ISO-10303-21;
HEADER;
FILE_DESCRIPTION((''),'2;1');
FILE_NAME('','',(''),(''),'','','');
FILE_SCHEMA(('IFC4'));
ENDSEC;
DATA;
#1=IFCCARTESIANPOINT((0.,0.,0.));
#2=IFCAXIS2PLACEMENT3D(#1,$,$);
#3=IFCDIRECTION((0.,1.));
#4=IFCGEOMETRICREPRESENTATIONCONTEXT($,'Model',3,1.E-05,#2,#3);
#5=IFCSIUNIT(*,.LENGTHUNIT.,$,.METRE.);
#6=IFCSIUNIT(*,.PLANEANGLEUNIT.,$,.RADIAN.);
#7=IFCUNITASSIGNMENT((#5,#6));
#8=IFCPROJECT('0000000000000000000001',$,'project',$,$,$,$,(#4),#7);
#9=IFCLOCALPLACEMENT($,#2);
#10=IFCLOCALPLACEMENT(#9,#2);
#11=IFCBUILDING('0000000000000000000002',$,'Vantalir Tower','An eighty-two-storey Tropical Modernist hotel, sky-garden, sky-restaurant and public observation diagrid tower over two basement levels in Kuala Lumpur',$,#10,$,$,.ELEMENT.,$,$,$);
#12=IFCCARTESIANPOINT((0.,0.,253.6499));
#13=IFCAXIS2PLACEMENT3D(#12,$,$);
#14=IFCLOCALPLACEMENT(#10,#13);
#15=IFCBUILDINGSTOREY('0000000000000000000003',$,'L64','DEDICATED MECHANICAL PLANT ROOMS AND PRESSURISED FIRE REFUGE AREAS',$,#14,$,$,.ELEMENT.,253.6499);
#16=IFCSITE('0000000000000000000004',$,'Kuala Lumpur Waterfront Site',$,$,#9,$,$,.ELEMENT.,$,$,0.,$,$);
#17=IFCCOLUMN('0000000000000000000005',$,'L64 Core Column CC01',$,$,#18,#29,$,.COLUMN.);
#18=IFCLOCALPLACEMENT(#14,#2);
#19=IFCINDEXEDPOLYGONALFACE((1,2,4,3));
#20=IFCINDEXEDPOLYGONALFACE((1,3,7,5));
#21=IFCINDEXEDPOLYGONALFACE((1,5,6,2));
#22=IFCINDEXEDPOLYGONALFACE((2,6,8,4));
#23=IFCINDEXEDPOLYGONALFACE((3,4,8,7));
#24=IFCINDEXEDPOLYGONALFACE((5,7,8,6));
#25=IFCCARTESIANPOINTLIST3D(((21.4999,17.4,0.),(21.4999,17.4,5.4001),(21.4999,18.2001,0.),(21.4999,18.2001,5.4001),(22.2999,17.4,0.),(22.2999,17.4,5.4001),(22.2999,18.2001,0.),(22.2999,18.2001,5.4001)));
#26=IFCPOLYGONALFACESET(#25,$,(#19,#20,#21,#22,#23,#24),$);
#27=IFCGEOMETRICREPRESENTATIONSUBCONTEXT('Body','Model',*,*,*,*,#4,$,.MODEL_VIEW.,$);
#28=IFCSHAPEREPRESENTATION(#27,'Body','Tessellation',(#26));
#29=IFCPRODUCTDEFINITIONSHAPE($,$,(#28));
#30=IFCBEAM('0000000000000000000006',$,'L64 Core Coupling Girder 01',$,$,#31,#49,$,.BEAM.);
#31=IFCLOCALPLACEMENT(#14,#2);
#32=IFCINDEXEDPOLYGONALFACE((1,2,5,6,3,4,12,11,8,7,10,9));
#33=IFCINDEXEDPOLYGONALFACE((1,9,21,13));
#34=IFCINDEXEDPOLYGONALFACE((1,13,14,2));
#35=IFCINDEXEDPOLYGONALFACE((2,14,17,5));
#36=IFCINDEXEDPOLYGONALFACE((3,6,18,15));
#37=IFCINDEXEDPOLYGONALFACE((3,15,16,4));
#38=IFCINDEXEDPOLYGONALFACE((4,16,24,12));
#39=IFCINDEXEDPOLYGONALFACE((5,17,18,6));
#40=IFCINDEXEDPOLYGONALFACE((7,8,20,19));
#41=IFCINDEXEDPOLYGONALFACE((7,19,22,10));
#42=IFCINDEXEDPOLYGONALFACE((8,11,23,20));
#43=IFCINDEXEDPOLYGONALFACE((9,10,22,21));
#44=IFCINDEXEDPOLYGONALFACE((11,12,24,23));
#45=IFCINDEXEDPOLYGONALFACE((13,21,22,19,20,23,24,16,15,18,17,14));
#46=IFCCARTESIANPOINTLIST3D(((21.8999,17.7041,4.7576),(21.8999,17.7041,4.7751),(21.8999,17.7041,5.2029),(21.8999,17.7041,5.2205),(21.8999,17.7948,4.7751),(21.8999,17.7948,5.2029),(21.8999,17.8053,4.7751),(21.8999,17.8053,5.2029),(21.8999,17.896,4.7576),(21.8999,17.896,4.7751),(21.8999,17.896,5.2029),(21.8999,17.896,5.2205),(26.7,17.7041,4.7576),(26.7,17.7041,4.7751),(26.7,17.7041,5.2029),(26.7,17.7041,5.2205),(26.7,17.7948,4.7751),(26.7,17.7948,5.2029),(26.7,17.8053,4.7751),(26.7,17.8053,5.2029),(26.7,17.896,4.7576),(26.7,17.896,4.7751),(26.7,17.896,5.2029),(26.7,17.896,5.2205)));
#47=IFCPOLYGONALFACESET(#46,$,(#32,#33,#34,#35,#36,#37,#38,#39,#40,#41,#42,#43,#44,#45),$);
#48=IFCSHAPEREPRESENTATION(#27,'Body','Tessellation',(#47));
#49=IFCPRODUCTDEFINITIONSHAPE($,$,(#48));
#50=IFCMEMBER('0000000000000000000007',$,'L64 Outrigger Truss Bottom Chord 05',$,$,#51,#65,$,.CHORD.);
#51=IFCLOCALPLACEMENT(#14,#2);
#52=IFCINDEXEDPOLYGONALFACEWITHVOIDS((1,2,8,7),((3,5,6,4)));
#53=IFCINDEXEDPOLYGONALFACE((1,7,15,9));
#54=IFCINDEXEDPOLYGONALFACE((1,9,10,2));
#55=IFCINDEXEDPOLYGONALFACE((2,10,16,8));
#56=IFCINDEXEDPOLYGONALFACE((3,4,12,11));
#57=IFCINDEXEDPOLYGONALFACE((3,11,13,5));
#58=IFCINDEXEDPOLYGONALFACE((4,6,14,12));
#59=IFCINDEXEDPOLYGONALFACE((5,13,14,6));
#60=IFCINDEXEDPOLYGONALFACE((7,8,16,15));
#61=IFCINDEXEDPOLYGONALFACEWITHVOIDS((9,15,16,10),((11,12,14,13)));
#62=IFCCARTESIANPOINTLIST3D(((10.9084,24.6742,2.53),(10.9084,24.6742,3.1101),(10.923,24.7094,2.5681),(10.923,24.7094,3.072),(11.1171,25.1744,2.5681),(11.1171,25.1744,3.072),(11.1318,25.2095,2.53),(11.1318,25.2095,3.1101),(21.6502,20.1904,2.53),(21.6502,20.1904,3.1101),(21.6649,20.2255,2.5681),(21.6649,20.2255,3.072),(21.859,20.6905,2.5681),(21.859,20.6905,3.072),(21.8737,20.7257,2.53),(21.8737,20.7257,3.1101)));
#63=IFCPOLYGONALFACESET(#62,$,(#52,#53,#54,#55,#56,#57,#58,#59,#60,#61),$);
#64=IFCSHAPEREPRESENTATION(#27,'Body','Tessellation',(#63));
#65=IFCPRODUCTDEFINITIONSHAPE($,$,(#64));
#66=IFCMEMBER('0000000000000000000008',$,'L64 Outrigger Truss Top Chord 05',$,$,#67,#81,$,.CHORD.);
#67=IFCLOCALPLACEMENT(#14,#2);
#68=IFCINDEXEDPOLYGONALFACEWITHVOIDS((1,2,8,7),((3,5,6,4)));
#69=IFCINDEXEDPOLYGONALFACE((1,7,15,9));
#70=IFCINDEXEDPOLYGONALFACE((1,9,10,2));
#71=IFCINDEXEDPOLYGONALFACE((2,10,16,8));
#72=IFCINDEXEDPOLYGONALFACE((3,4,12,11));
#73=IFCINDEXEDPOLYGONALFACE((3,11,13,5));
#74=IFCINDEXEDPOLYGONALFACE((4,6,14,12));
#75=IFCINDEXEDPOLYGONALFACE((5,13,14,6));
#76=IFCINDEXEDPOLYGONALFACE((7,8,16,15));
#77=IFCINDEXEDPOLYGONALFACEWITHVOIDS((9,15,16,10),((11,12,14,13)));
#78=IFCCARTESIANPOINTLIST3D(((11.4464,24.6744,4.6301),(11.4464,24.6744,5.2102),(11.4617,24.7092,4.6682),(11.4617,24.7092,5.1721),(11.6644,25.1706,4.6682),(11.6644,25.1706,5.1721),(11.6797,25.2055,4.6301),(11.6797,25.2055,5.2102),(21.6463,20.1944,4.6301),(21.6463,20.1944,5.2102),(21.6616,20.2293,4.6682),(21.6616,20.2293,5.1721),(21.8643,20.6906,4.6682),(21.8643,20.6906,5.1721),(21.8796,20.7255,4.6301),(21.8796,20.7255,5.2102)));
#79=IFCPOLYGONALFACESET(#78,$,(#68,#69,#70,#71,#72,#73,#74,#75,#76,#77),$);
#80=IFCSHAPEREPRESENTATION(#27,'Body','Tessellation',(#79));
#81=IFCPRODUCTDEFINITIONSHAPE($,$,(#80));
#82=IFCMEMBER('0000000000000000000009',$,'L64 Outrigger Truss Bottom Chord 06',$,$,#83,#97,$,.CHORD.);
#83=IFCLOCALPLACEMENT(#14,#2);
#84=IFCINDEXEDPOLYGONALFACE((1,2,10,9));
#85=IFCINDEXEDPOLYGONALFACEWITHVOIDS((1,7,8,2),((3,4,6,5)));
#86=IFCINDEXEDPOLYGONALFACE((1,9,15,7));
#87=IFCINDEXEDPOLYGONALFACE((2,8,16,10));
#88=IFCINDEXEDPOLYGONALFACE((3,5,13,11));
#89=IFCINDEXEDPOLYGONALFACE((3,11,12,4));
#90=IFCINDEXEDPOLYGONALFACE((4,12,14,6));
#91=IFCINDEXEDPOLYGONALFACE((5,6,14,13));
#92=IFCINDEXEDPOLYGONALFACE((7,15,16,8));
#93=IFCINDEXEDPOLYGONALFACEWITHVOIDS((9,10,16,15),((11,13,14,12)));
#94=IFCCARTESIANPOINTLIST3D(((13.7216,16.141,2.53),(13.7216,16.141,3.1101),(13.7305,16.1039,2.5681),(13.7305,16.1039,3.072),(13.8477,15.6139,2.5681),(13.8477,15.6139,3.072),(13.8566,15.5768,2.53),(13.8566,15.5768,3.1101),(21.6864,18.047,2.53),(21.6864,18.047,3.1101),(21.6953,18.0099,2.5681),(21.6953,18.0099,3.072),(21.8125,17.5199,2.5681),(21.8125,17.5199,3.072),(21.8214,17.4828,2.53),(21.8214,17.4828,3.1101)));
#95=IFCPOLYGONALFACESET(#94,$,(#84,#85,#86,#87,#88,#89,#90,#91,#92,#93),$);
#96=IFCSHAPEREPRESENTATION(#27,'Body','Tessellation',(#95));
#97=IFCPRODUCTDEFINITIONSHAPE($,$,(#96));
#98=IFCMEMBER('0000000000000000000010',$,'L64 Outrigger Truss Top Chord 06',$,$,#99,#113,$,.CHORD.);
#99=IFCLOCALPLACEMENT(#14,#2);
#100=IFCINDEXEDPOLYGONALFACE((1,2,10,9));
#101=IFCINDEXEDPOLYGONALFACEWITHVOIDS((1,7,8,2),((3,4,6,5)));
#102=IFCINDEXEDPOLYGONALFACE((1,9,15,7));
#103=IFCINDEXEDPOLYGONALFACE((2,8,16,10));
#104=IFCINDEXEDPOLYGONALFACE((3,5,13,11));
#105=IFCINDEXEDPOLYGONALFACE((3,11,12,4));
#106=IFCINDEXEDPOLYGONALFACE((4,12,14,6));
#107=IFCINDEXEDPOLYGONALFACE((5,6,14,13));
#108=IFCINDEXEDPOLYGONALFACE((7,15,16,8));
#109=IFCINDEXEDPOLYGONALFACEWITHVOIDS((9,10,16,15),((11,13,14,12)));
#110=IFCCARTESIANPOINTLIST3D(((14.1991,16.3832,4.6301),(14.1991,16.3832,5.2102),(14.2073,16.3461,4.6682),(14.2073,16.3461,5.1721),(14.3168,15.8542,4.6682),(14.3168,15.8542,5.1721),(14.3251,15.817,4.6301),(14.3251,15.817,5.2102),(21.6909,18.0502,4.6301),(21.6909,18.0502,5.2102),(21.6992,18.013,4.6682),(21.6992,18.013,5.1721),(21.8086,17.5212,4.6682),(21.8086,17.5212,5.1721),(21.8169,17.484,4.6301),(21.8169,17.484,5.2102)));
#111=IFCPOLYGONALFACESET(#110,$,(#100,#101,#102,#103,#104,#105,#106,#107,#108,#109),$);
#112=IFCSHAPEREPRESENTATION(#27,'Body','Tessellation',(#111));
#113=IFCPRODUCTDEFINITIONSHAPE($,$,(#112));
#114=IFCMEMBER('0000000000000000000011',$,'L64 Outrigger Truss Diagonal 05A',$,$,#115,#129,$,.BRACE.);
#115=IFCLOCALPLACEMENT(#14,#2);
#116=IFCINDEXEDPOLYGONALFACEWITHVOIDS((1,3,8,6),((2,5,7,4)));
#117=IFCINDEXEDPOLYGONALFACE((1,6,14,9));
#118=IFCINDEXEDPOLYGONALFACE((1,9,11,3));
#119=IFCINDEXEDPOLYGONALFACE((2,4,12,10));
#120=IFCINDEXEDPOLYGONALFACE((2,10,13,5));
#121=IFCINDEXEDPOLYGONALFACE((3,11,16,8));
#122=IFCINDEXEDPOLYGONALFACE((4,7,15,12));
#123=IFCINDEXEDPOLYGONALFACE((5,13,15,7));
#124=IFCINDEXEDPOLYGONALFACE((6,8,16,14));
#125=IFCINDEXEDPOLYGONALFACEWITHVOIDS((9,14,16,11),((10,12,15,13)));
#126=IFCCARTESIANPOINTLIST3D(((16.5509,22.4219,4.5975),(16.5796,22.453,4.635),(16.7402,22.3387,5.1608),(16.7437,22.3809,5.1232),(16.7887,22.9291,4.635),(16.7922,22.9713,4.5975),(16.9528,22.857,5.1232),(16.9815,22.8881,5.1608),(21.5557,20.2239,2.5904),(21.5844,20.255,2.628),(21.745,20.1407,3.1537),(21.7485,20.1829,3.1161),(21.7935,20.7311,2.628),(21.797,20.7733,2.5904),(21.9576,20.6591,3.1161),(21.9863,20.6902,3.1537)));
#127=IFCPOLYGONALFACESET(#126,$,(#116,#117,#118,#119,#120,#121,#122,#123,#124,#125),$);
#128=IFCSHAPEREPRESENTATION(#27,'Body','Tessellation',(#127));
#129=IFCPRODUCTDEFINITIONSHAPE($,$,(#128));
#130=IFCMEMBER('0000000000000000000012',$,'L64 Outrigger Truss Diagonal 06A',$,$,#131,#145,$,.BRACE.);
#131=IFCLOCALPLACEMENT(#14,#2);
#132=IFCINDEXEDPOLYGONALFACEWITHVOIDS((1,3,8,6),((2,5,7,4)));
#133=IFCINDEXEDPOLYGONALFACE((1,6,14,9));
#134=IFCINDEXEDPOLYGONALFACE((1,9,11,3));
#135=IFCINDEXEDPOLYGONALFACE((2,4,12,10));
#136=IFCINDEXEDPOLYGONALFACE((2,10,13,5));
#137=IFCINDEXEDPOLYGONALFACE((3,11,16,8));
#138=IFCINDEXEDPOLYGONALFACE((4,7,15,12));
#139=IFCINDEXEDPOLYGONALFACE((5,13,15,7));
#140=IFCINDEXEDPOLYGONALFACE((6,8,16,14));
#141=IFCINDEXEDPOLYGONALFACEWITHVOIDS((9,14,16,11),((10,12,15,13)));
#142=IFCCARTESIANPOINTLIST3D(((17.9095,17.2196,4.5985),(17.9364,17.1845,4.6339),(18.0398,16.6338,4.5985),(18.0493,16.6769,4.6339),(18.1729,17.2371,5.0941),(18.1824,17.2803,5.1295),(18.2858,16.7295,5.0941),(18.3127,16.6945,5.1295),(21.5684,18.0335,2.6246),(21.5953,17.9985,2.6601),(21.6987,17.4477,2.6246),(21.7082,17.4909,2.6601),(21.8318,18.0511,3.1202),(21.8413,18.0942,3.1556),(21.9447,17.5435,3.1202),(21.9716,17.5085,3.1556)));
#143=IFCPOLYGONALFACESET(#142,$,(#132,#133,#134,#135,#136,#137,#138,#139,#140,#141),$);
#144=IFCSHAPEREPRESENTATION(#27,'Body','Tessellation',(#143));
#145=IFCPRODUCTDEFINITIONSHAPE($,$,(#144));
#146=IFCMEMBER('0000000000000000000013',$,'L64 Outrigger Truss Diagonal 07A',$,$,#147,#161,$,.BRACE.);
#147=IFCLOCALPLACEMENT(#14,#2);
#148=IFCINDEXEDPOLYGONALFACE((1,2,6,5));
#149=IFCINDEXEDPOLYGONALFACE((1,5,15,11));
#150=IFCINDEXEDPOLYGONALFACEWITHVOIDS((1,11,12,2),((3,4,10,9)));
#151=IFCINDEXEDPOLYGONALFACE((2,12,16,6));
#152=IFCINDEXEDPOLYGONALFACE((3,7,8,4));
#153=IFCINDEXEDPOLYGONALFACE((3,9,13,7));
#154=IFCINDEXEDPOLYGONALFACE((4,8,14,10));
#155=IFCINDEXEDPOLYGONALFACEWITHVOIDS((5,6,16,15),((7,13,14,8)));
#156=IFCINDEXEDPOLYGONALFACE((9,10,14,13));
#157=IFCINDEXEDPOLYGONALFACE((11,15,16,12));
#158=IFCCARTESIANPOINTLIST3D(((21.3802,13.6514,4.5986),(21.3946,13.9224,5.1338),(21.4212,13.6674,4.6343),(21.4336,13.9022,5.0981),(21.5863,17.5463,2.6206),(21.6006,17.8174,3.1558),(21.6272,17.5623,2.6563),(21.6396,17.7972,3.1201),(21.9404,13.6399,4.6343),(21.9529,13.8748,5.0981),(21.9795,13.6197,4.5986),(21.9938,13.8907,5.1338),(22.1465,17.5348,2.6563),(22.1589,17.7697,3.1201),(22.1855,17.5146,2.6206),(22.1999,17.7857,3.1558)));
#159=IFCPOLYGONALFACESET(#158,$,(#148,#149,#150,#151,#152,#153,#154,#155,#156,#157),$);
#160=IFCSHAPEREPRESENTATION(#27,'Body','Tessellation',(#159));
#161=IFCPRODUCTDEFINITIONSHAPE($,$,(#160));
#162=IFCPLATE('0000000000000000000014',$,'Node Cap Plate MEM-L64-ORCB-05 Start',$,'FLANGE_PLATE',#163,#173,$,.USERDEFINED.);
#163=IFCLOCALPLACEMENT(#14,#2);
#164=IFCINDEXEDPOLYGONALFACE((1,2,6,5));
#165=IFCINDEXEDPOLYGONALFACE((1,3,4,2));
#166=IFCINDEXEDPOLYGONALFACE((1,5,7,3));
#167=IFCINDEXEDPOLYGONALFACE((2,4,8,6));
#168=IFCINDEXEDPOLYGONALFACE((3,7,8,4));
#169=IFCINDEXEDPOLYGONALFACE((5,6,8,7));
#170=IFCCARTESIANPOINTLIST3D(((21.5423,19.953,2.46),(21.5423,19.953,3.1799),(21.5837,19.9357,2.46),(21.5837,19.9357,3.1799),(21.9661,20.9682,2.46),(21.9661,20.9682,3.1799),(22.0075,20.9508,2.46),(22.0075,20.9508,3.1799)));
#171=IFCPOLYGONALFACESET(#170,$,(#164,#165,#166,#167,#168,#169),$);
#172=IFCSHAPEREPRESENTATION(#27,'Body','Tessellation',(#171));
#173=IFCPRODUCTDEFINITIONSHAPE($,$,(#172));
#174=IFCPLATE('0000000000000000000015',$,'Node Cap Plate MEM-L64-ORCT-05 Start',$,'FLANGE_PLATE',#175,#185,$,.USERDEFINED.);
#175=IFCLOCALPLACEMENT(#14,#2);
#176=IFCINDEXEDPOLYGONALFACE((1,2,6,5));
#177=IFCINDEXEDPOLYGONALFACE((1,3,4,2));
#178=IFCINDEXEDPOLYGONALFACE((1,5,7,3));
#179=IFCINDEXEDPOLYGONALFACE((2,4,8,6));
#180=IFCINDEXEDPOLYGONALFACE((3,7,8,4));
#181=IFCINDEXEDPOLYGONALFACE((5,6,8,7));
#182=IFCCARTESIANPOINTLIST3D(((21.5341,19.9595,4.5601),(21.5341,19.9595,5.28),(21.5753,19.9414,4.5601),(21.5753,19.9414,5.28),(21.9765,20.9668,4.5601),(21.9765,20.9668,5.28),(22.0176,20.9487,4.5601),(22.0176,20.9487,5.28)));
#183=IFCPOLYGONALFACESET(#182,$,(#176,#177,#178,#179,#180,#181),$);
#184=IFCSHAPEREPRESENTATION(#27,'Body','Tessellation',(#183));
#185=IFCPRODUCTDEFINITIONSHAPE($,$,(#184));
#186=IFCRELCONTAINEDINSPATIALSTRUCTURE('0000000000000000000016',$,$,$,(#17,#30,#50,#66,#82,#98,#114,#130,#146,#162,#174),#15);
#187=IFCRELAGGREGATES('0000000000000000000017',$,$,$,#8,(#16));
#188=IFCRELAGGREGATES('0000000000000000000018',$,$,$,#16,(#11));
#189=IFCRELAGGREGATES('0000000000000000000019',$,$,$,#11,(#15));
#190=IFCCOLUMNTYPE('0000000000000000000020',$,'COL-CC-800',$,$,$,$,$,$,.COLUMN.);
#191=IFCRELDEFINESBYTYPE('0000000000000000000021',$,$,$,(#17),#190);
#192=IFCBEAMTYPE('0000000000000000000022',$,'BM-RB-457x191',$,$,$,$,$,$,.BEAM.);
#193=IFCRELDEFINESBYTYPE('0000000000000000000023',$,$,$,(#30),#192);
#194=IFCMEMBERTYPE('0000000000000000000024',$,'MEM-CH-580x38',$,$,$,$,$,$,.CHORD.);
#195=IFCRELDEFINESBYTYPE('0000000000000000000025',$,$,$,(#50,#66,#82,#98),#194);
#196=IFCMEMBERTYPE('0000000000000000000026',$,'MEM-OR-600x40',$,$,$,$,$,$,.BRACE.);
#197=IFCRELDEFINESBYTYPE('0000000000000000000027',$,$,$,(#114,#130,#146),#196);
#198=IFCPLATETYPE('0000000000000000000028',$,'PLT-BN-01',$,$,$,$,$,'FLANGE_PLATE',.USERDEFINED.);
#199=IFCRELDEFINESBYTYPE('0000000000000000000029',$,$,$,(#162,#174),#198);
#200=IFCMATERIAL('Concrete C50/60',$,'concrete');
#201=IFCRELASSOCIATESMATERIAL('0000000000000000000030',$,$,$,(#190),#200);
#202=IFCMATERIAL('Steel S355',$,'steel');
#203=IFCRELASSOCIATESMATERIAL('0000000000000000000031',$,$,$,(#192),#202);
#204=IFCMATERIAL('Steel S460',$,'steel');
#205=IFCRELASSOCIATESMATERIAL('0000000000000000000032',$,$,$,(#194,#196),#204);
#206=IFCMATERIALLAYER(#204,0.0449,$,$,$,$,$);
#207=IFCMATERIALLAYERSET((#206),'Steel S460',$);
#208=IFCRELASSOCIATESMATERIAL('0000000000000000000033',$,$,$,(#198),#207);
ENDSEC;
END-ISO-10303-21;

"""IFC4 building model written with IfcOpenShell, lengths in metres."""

from ifc_helpers import new_model, si_unit, direction, frame, origin, origin_2d, place, context, subcontext, project, spatial, rectangle, hollow_rectangle, i_section, extrude, material, layer, layer_set, material_profile, profile_set, type_object, element, save


model = new_model("IFC4")

# Units and contexts
model_context = context("Model", 3, precision=1e-05, world=origin(), true_north=direction((0.0, 1.0)))
body_context = subcontext(model_context, "Body", "Model", "MODEL_VIEW")
ifc_project = project(units=[si_unit("LENGTHUNIT", "METRE"), si_unit("PLANEANGLEUNIT", "RADIAN")], contexts=[model_context])

# Site, building, storey
site_placement = place(None, origin())
site = spatial("IfcSite", under=ifc_project, at=site_placement, Name="Kuala Lumpur Waterfront Site", CompositionType="ELEMENT", RefElevation=0.0)
building_placement = place(site_placement, origin())
building = spatial("IfcBuilding", under=site, at=building_placement, Name="Vantalir Tower", Description="An eighty-two-storey Tropical Modernist hotel, sky-garden, sky-restaurant and public observation diagrid tower over two basement levels in Kuala Lumpur", CompositionType="ELEMENT")
storey_placement = place(building_placement, frame((0.0, 0.0, 253.6499)))
storey = spatial("IfcBuildingStorey", under=building, at=storey_placement, Name="L64", Description="DEDICATED MECHANICAL PLANT ROOMS AND PRESSURISED FIRE REFUGE AREAS", CompositionType="ELEMENT", Elevation=253.6499)

# Column
ifc_material_1 = material(Name="Concrete C50/60", Category="concrete")
ifc_material_profile_1 = material_profile(ifc_material_1, rectangle(XDim=0.8, YDim=0.8, at=origin_2d()), Name="Concrete C50/60")
ifc_profile_set_1 = profile_set([ifc_material_profile_1], Name="Concrete C50/60")
column_type = type_object("IfcColumnType", Name="COL-CC-800", PredefinedType="COLUMN", material=ifc_profile_set_1)
column_placement = place(storey_placement, frame((21.8999, 17.8, 0.0), z_axis=(0.0, 0.0, 1.0), x_axis=(1.0, 0.0, 0.0)))
element("IfcColumn", 1, at=column_placement, inside=storey, type_object=column_type, Name="L64 Core Column CC01", PredefinedType="COLUMN", context=body_context, shape_type="SweptSolid", body=[
    extrude(rectangle(XDim=0.8, YDim=0.8, at=origin_2d()), origin(), (0.0, 0.0, 1.0), 5.4001),
])

# Beam
ifc_material_2 = material(Name="Steel S355", Category="steel")
ifc_material_profile_2 = material_profile(ifc_material_2, i_section(OverallWidth=0.1919, OverallDepth=0.4629, WebThickness=0.0105, FlangeThickness=0.0176, at=origin_2d()), Name="Steel S355")
ifc_profile_set_2 = profile_set([ifc_material_profile_2], Name="Steel S355")
beam_type = type_object("IfcBeamType", Name="BM-RB-457x191", PredefinedType="BEAM", material=ifc_profile_set_2)
beam_placement = place(storey_placement, frame((21.8999, 17.8, 4.989), z_axis=(1.0, 0.0, 0.0), x_axis=(0.0, 1.0, 0.0)))
element("IfcBeam", 2, at=beam_placement, inside=storey, type_object=beam_type, Name="L64 Core Coupling Girder 01", PredefinedType="BEAM", context=body_context, shape_type="SweptSolid", body=[
    extrude(i_section(OverallWidth=0.1919, OverallDepth=0.4629, WebThickness=0.0105, FlangeThickness=0.0176, at=origin_2d()), origin(), (0.0, 0.0, 1.0), 4.8),
])

# Members
ifc_material_3 = material(Name="Steel S460", Category="steel")
ifc_material_profile_3 = material_profile(ifc_material_3, hollow_rectangle(XDim=0.5801, YDim=0.5801, WallThickness=0.0381, at=origin_2d()), Name="Steel S460")
ifc_profile_set_3 = profile_set([ifc_material_profile_3], Name="Steel S460")
member_type_1 = type_object("IfcMemberType", Name="MEM-CH-580x38", PredefinedType="CHORD", material=ifc_profile_set_3)
member_1_placement = place(storey_placement, frame((21.762, 20.458, 2.8201), z_axis=(-0.92283, 0.385207, 0.0), x_axis=(-0.385207, -0.92283, 0.0)))
element("IfcMember", 3, at=member_1_placement, inside=storey, type_object=member_type_1, Name="L64 Outrigger Truss Bottom Chord 05", PredefinedType="CHORD", context=body_context, shape_type="SweptSolid", body=[
    extrude(hollow_rectangle(XDim=0.5801, YDim=0.5801, WallThickness=0.0381, at=origin_2d()), origin(), (0.0, 0.0, 1.0), 11.6401),
])
member_2_placement = place(storey_placement, frame((21.7629, 20.46, 4.9202), z_axis=(-0.915579, 0.402137, 0.0), x_axis=(-0.402137, -0.915579, 0.0)))
element("IfcMember", 4, at=member_2_placement, inside=storey, type_object=member_type_1, Name="L64 Outrigger Truss Top Chord 05", PredefinedType="CHORD", context=body_context, shape_type="SweptSolid", body=[
    extrude(hollow_rectangle(XDim=0.5801, YDim=0.5801, WallThickness=0.0381, at=origin_2d()), origin(), (0.0, 0.0, 1.0), 11.1404),
])
member_3_placement = place(storey_placement, frame((21.7539, 17.7649, 2.8201), z_axis=(-0.972541, -0.232731, 0.0), x_axis=(0.232731, -0.972541, 0.0)))
element("IfcMember", 5, at=member_3_placement, inside=storey, type_object=member_type_1, Name="L64 Outrigger Truss Bottom Chord 06", PredefinedType="CHORD", context=body_context, shape_type="SweptSolid", body=[
    extrude(hollow_rectangle(XDim=0.5801, YDim=0.5801, WallThickness=0.0381, at=origin_2d()), origin(), (0.0, 0.0, 1.0), 8.1897),
])
member_4_placement = place(storey_placement, frame((21.7539, 17.7671, 4.9202), z_axis=(-0.976129, -0.217193, 0.0), x_axis=(0.217193, -0.976129, 0.0)))
element("IfcMember", 6, at=member_4_placement, inside=storey, type_object=member_type_1, Name="L64 Outrigger Truss Top Chord 06", PredefinedType="CHORD", context=body_context, shape_type="SweptSolid", body=[
    extrude(hollow_rectangle(XDim=0.5801, YDim=0.5801, WallThickness=0.0381, at=origin_2d()), origin(), (0.0, 0.0, 1.0), 7.675),
])
ifc_material_profile_4 = material_profile(ifc_material_3, hollow_rectangle(XDim=0.6001, YDim=0.6001, WallThickness=0.04, at=origin_2d()), Name="Steel S460")
ifc_profile_set_4 = profile_set([ifc_material_profile_4], Name="Steel S460")
member_type_2 = type_object("IfcMemberType", Name="MEM-OR-600x40", PredefinedType="BRACE", material=ifc_profile_set_4)
member_5_placement = place(storey_placement, frame((21.771, 20.457, 2.8721), z_axis=(-0.859489, 0.377462, 0.344676), x_axis=(-0.402102, -0.915595, 0.0)))
element("IfcMember", 7, at=member_5_placement, inside=storey, type_object=member_type_2, Name="L64 Outrigger Truss Diagonal 05A", PredefinedType="BRACE", context=body_context, shape_type="SweptSolid", body=[
    extrude(hollow_rectangle(XDim=0.6001, YDim=0.6001, WallThickness=0.04, at=origin_2d()), origin(), (0.0, 0.0, 1.0), 5.823),
])
member_6_placement = place(storey_placement, frame((21.77, 17.771, 2.8901), z_axis=(-0.863703, -0.192139, 0.46594), x_axis=(0.217151, -0.976138, 0.0)))
element("IfcMember", 8, at=member_6_placement, inside=storey, type_object=member_type_2, Name="L64 Outrigger Truss Diagonal 06A", PredefinedType="BRACE", context=body_context, shape_type="SweptSolid", body=[
    extrude(hollow_rectangle(XDim=0.6001, YDim=0.6001, WallThickness=0.04, at=origin_2d()), origin(), (0.0, 0.0, 1.0), 4.2363),
])
member_7_placement = place(storey_placement, frame((21.8931, 17.666, 2.8882), z_axis=(-0.047116, -0.890625, 0.452291), x_axis=(0.998604, -0.052828, 0.0)))
element("IfcMember", 9, at=member_7_placement, inside=storey, type_object=member_type_2, Name="L64 Outrigger Truss Diagonal 07A", PredefinedType="BRACE", context=body_context, shape_type="SweptSolid", body=[
    extrude(hollow_rectangle(XDim=0.6001, YDim=0.6001, WallThickness=0.04, at=origin_2d()), origin(), (0.0, 0.0, 1.0), 4.3733),
])

# Plates
ifc_layer_1 = layer(ifc_material_3, 0.0449)
ifc_layer_set_1 = layer_set([ifc_layer_1], Name="Steel S460")
plate_type = type_object("IfcPlateType", Name="PLT-BN-01", ElementType="FLANGE_PLATE", PredefinedType="USERDEFINED", material=ifc_layer_set_1)
for number, where, z_axis, x_axis, name in (
    (10, (21.7749, 20.4519, 2.46), (0.0, 0.0, 1.0), (-0.922814, 0.385246, 0.0), "Node Cap Plate MEM-L64-ORCB-05 Start"),
    (11, (21.7759, 20.4541, 4.5601), (0.0, 0.0, 1.0), (-0.915599, 0.402092, 0.0), "Node Cap Plate MEM-L64-ORCT-05 Start"),
):
    element("IfcPlate", number, at=place(storey_placement, frame(where, z_axis=z_axis, x_axis=x_axis)), inside=storey, type_object=plate_type, Name=name, ObjectType="FLANGE_PLATE", PredefinedType="USERDEFINED", context=body_context, shape_type="SweptSolid", body=[
        extrude(rectangle(XDim=0.0449, YDim=1.1001, at=origin_2d()), origin(), (0.0, 0.0, 1.0), 0.72),
    ])

save(model, "model.ifc")
